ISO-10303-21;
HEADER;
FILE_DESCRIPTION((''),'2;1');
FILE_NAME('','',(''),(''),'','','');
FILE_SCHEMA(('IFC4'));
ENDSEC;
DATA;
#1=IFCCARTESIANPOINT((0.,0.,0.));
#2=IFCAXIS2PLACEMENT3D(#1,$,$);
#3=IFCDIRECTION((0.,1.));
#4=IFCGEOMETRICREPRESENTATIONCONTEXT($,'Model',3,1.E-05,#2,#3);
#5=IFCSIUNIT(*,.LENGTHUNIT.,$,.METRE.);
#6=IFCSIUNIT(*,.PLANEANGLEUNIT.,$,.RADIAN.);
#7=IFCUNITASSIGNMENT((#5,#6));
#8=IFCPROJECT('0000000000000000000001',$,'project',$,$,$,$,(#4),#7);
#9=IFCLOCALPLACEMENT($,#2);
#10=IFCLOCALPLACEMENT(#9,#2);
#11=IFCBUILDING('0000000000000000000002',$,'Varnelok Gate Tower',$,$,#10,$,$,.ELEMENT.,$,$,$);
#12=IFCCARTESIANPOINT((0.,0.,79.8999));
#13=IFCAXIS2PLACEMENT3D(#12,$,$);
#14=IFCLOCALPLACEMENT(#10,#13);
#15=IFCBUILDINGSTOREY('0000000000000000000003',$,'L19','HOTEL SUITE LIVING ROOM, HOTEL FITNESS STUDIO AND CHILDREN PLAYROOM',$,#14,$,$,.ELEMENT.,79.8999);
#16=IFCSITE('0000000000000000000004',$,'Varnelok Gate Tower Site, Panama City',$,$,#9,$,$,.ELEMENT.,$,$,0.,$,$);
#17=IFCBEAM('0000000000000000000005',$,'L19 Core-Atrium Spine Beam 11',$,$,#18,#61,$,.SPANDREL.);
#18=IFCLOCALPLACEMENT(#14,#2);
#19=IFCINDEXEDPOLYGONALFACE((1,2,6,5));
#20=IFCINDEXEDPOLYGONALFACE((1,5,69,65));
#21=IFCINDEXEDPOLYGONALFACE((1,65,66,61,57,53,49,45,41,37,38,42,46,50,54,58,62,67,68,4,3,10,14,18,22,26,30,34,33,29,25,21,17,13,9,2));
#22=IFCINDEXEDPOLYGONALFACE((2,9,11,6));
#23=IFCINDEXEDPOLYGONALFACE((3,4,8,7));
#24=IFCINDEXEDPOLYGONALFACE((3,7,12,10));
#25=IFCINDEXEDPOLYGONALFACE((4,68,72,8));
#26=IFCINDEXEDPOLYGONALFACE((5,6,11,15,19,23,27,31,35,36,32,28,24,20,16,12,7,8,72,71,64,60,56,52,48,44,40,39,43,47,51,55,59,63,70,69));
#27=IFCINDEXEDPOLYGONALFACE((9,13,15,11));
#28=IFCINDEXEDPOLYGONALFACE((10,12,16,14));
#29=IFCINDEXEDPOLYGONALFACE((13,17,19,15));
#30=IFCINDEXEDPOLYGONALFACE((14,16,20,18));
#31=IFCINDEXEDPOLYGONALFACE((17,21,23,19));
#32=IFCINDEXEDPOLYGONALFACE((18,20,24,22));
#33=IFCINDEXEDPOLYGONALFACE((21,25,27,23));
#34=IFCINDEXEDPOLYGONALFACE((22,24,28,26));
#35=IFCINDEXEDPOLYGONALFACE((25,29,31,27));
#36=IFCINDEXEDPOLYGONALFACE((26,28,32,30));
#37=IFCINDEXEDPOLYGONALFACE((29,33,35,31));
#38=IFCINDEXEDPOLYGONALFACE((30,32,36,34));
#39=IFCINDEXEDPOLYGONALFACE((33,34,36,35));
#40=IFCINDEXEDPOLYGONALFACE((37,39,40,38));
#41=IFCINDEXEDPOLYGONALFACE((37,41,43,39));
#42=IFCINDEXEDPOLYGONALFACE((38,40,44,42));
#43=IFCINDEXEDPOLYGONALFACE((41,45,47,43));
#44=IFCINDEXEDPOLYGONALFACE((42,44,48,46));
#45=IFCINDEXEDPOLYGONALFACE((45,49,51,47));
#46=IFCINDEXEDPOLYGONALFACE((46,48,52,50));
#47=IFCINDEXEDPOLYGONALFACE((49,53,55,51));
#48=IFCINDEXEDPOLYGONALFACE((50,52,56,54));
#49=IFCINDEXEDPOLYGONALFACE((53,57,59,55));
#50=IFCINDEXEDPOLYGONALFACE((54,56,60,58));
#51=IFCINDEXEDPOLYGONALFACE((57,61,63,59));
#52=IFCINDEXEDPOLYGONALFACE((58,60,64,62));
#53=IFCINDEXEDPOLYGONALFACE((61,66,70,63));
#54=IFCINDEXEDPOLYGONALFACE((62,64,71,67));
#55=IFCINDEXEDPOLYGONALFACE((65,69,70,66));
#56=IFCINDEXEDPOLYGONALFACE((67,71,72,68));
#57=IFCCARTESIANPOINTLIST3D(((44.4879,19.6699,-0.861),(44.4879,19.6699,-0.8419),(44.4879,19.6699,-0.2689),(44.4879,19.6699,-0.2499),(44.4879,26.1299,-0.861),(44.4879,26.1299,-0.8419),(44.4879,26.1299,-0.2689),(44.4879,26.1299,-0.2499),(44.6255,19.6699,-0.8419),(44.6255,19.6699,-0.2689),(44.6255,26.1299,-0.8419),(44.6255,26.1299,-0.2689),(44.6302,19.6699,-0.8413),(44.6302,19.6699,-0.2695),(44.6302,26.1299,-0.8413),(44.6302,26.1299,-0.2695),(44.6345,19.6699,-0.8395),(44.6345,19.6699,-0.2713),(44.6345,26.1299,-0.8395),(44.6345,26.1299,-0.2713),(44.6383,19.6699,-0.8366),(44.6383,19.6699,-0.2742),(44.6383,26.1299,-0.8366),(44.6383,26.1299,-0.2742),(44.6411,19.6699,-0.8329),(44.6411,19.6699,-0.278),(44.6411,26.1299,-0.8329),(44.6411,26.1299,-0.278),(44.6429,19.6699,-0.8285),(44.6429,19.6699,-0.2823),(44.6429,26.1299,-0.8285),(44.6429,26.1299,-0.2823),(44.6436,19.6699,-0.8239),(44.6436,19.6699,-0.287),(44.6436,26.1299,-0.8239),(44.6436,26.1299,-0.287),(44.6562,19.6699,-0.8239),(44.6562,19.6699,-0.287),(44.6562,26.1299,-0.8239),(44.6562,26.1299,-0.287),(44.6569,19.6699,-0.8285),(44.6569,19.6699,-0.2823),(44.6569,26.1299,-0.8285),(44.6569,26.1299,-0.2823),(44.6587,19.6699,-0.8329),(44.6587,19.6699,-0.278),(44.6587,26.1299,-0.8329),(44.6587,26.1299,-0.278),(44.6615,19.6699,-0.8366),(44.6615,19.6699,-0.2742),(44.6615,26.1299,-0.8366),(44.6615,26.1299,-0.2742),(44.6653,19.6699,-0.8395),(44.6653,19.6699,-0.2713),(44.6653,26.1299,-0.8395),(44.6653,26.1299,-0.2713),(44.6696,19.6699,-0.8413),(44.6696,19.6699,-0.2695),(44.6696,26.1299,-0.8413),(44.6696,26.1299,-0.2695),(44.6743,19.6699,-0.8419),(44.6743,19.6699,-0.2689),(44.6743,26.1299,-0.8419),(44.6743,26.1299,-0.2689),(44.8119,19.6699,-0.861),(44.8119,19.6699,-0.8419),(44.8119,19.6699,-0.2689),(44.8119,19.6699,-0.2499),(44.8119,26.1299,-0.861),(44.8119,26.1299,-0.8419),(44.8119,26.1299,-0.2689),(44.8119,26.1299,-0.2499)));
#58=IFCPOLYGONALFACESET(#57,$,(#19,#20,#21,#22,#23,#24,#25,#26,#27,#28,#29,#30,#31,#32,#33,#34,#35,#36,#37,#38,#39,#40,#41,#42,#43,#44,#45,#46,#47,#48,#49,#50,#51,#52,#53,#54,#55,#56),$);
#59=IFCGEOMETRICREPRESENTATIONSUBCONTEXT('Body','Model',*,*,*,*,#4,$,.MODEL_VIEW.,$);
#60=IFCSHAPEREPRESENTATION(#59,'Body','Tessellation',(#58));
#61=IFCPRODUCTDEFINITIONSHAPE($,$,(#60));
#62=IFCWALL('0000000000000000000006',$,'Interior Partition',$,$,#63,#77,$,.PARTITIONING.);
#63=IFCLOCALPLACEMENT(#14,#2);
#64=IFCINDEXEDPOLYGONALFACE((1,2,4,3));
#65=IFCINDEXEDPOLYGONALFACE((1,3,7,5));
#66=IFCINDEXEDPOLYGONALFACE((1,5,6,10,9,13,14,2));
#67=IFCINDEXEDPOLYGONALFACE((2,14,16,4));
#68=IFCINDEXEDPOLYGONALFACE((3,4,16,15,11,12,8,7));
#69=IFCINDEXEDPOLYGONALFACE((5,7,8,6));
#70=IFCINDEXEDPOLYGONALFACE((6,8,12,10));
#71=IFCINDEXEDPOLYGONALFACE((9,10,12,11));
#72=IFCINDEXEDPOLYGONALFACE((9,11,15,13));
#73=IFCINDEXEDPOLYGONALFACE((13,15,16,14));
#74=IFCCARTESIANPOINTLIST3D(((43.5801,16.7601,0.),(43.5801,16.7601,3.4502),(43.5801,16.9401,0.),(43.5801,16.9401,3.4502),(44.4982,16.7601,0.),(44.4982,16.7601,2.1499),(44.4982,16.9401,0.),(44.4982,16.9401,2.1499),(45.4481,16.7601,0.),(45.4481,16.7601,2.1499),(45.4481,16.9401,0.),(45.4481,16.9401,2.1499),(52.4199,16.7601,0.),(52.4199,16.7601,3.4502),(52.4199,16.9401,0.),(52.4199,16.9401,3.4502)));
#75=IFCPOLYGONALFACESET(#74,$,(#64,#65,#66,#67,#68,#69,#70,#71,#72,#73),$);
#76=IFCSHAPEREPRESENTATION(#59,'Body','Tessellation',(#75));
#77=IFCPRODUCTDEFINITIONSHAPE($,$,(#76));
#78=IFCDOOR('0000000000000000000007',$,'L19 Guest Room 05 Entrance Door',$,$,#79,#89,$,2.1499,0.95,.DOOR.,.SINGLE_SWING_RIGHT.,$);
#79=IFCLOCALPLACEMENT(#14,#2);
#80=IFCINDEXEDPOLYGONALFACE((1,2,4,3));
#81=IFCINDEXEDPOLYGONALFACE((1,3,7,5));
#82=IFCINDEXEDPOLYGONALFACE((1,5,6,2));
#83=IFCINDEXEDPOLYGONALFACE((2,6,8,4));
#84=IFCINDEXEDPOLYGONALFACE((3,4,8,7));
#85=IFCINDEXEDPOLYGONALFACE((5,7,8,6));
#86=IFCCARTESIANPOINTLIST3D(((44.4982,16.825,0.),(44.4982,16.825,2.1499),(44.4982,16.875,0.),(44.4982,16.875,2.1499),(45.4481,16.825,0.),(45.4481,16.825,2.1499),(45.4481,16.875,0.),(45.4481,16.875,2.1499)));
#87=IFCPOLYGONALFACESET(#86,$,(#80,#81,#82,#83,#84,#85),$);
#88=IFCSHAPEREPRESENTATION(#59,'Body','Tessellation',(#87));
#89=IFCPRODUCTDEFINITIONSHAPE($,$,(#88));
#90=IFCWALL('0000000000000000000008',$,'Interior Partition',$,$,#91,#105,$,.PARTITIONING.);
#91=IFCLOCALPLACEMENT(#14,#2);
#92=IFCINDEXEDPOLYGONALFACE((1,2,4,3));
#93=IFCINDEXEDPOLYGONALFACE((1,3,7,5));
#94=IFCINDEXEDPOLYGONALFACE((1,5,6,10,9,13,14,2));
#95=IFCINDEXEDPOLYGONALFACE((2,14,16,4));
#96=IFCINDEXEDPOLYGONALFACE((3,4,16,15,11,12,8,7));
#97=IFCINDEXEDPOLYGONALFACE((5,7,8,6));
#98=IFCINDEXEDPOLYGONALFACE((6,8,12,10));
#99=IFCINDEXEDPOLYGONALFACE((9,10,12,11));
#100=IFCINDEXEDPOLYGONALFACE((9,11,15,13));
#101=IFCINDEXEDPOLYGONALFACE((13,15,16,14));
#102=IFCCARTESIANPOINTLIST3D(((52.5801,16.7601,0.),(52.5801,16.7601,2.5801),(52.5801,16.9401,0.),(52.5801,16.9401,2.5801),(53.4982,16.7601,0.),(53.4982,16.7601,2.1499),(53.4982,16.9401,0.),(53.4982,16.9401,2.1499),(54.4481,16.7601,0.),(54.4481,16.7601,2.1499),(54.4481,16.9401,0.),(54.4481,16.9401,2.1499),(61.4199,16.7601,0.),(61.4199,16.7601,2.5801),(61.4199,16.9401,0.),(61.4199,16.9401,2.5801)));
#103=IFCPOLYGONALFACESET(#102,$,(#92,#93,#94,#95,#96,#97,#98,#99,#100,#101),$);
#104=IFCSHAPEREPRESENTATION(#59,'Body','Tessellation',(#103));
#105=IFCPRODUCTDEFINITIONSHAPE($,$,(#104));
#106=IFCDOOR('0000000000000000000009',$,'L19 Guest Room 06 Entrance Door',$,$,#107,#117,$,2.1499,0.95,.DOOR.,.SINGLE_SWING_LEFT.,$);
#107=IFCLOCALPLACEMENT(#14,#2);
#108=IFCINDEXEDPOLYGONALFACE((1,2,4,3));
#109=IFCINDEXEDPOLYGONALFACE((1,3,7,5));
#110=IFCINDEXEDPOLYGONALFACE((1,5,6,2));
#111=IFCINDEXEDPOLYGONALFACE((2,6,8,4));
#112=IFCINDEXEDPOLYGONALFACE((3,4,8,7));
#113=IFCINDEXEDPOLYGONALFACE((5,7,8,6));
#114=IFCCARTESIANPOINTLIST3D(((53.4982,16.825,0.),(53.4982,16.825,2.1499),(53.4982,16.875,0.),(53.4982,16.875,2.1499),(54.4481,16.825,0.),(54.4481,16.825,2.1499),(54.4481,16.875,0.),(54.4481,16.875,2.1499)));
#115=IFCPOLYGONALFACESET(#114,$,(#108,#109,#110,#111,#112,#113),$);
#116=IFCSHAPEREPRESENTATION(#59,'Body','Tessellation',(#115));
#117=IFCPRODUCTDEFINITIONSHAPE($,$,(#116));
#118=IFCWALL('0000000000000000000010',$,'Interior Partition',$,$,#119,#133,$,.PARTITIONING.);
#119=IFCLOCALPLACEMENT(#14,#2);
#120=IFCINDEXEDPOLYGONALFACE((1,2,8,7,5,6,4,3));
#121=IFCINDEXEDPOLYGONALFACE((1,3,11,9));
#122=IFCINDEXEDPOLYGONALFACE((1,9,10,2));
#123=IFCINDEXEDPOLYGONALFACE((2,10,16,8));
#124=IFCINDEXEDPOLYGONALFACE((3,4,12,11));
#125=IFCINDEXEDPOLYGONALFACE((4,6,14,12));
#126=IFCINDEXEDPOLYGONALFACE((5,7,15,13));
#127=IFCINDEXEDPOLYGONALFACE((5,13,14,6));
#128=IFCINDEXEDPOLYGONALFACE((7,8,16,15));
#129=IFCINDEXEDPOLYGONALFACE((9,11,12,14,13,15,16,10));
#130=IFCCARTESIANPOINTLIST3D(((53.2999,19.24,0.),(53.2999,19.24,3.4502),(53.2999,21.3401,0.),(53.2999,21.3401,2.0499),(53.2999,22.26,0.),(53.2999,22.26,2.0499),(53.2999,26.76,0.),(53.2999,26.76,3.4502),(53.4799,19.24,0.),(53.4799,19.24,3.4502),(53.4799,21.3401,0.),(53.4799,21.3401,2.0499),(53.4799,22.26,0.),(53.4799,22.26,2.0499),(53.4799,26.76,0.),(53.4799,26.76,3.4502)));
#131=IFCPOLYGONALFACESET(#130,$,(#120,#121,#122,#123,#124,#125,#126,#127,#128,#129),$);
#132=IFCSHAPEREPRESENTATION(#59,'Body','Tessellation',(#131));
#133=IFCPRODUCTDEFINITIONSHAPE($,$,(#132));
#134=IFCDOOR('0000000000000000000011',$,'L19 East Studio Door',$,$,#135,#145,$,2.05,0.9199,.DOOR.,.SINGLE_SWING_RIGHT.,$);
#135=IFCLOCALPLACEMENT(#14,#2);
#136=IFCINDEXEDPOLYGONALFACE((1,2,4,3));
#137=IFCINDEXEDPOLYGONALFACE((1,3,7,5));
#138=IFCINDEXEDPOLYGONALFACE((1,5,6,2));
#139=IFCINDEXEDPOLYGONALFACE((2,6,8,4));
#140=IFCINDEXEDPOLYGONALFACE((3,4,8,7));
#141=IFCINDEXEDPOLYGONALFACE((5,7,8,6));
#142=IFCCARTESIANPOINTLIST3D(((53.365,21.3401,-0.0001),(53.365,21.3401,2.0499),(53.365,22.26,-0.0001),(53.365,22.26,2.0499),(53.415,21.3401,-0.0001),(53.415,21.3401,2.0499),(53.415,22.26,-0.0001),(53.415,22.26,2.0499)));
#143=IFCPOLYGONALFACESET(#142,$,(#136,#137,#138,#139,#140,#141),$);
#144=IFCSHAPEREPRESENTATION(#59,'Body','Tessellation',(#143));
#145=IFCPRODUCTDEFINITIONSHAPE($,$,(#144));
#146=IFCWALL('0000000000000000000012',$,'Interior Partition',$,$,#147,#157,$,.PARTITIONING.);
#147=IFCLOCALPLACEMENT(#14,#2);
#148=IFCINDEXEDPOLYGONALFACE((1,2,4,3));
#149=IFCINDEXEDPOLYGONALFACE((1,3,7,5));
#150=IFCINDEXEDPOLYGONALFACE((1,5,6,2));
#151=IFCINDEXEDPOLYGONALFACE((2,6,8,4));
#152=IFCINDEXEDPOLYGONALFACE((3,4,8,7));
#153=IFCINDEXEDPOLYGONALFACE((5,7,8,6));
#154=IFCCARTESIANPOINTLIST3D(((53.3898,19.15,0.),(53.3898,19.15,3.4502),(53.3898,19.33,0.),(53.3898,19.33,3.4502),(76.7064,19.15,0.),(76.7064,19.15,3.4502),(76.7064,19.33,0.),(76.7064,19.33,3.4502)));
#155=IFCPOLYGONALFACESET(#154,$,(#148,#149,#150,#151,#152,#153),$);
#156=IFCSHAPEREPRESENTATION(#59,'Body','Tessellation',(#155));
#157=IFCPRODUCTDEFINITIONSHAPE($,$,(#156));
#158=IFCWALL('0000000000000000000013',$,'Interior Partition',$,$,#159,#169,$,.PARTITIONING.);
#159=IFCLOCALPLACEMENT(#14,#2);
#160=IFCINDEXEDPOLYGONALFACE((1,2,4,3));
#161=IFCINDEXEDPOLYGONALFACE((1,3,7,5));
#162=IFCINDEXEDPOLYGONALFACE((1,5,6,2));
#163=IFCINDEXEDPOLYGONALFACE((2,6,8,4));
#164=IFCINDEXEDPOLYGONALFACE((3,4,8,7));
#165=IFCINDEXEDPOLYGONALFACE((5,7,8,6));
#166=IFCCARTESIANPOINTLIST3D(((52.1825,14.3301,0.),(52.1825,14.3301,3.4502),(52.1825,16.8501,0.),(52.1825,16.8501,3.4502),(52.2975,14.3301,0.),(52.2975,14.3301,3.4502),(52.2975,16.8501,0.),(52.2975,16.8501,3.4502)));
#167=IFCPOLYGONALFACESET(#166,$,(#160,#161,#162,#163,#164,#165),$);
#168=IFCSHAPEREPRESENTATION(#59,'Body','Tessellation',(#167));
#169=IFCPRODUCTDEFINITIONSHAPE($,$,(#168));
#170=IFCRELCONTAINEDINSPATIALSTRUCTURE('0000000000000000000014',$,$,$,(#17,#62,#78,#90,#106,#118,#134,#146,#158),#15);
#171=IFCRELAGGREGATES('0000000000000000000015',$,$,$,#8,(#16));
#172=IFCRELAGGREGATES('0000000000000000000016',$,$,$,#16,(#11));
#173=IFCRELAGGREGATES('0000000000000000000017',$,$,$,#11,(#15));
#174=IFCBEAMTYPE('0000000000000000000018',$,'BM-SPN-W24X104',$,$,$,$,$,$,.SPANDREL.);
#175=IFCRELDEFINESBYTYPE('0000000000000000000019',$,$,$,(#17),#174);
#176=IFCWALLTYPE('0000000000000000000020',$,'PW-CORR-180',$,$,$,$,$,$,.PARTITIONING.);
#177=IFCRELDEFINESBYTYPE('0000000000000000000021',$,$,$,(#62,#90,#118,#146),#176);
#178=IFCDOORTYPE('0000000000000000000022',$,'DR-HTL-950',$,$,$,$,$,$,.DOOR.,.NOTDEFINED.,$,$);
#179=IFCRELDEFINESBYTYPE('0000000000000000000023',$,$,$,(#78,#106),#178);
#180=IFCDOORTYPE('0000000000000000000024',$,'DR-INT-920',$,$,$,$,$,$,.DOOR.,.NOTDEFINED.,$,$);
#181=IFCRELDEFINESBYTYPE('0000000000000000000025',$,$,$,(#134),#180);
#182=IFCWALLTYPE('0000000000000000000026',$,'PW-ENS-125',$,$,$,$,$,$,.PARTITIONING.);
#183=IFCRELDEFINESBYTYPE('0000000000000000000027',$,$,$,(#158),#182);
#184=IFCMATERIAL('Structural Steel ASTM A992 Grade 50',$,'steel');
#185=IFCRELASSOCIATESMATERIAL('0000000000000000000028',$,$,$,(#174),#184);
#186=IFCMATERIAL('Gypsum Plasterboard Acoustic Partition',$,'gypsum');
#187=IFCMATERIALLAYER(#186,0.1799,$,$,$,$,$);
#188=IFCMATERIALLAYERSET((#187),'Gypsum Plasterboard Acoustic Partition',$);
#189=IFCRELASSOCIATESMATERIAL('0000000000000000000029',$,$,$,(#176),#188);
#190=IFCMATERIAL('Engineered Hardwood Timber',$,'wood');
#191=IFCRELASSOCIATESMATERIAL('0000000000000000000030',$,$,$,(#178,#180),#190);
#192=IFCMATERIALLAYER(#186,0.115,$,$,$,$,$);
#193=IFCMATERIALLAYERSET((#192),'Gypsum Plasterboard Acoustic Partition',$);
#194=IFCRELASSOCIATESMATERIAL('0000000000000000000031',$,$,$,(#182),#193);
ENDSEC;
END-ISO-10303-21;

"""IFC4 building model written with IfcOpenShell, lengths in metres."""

from ifc_helpers import new_model, si_unit, direction, frame, frame_2d, origin, origin_2d, place, context, subcontext, project, spatial, rectangle, i_section, extrude, material, layer, layer_set, material_profile, profile_set, type_object, element, fill, save


model = new_model("IFC4")

# Units and contexts
model_context = context("Model", 3, precision=1e-05, world=origin(), true_north=direction((0.0, 1.0)))
body_context = subcontext(model_context, "Body", "Model", "MODEL_VIEW")
ifc_project = project(units=[si_unit("LENGTHUNIT", "METRE"), si_unit("PLANEANGLEUNIT", "RADIAN")], contexts=[model_context])

# Site, building, storey
site_placement = place(None, origin())
site = spatial("IfcSite", under=ifc_project, at=site_placement, Name="Varnelok Gate Tower Site, Panama City", CompositionType="ELEMENT", RefElevation=0.0)
building_placement = place(site_placement, origin())
building = spatial("IfcBuilding", under=site, at=building_placement, Name="Varnelok Gate Tower", CompositionType="ELEMENT")
storey_placement = place(building_placement, frame((0.0, 0.0, 79.8999)))
storey = spatial("IfcBuildingStorey", under=building, at=storey_placement, Name="L19", Description="HOTEL SUITE LIVING ROOM, HOTEL FITNESS STUDIO AND CHILDREN PLAYROOM", CompositionType="ELEMENT", Elevation=79.8999)

# Shared definitions
ifc_material_1 = material(Name="Structural Steel ASTM A992 Grade 50", Category="steel")

# Beam
ifc_material_profile_1 = material_profile(ifc_material_1, i_section(OverallWidth=0.324, OverallDepth=0.6111, WebThickness=0.0127, FlangeThickness=0.019, FilletRadius=0.0181, at=origin_2d()), Name="W24X104")
ifc_profile_set_1 = profile_set([ifc_material_profile_1], Name="Structural Steel ASTM A992 Grade 50")
beam_type_1 = type_object("IfcBeamType", Name="BM-SPN-W24X104", PredefinedType="SPANDREL", material=ifc_profile_set_1)
beam_1_placement = place(storey_placement, frame((44.6499, 19.6699, -0.5554), z_axis=(0.0, 1.0, 0.0), x_axis=(-1.0, 0.0, 0.0)))
element("IfcBeam", 1, at=beam_1_placement, inside=storey, type_object=beam_type_1, Name="L19 Core-Atrium Spine Beam 11", PredefinedType="SPANDREL", context=body_context, shape_type="SweptSolid", body=[
    extrude(i_section(OverallWidth=0.324, OverallDepth=0.6111, WebThickness=0.0127, FlangeThickness=0.019, FilletRadius=0.0181, at=origin_2d()), origin(), (0.0, 0.0, 1.0), 6.46),
])

# Walls, openings, doors
ifc_material_2 = material(Name="Gypsum Plasterboard Acoustic Partition", Category="gypsum")
ifc_layer_1 = layer(ifc_material_2, 0.1799)
ifc_layer_set_1 = layer_set([ifc_layer_1], Name="Gypsum Plasterboard Acoustic Partition")
wall_type_1 = type_object("IfcWallType", Name="PW-CORR-180", PredefinedType="PARTITIONING", material=ifc_layer_set_1)
wall_1_placement = place(storey_placement, frame((43.5801, 16.8501, 0.0), z_axis=(0.0, 0.0, 1.0), x_axis=(1.0, 0.0, 0.0)))
wall_1 = element("IfcWall", 2, at=wall_1_placement, inside=storey, type_object=wall_type_1, Name="Interior Partition", PredefinedType="PARTITIONING", context=body_context, shape_type="SweptSolid", body=[
    extrude(rectangle(XDim=8.8398, YDim=0.1799, at=frame_2d((4.4199, 0.0))), origin(), (0.0, 0.0, 1.0), 3.4502),
])
opening_1_placement = place(wall_1_placement, frame((0.918, 0.0, 0.0)))
opening_1 = element("IfcOpeningElement", 3, at=opening_1_placement, cuts=wall_1, PredefinedType="OPENING", context=body_context, shape_type="SweptSolid", body=[
    extrude(rectangle(XDim=0.95, YDim=2.1499, at=frame_2d((0.4751, 1.075))), frame((0.0, 0.0999, 0.0), z_axis=(0.0, -1.0, 0.0), x_axis=(1.0, 0.0, 0.0)), (0.0, 0.0, 1.0), 0.2),
])
ifc_material_3 = material(Name="Engineered Hardwood Timber", Category="wood")
door_type_1 = type_object("IfcDoorType", Name="DR-HTL-950", OperationType="NOTDEFINED", PredefinedType="DOOR", material=ifc_material_3)
door_1_placement = place(opening_1_placement, origin())
door_1 = element("IfcDoor", 4, at=door_1_placement, inside=storey, type_object=door_type_1, Name="L19 Guest Room 05 Entrance Door", OperationType="SINGLE_SWING_RIGHT", OverallHeight=2.1499, OverallWidth=0.95, PredefinedType="DOOR", context=body_context, shape_type="SweptSolid", body=[
    extrude(rectangle(XDim=0.95, YDim=2.1499, at=frame_2d((0.4751, 1.075))), frame((0.0, 0.0249, 0.0), z_axis=(0.0, -1.0, 0.0), x_axis=(1.0, 0.0, 0.0)), (0.0, 0.0, 1.0), 0.05),
])
fill(opening_1, door_1)
wall_2_placement = place(storey_placement, frame((52.5801, 16.8501, 0.0), z_axis=(0.0, 0.0, 1.0), x_axis=(1.0, 0.0, 0.0)))
wall_2 = element("IfcWall", 5, at=wall_2_placement, inside=storey, type_object=wall_type_1, Name="Interior Partition", PredefinedType="PARTITIONING", context=body_context, shape_type="SweptSolid", body=[
    extrude(rectangle(XDim=8.8398, YDim=0.1799, at=frame_2d((4.4199, 0.0))), origin(), (0.0, 0.0, 1.0), 2.5801),
])
opening_2_placement = place(wall_2_placement, frame((0.918, 0.0, 0.0)))
opening_2 = element("IfcOpeningElement", 6, at=opening_2_placement, cuts=wall_2, PredefinedType="OPENING", context=body_context, shape_type="SweptSolid", body=[
    extrude(rectangle(XDim=0.95, YDim=2.1499, at=frame_2d((0.4751, 1.075))), frame((0.0, 0.0999, 0.0), z_axis=(0.0, -1.0, 0.0), x_axis=(1.0, 0.0, 0.0)), (0.0, 0.0, 1.0), 0.2),
])
door_2_placement = place(opening_2_placement, origin())
door_2 = element("IfcDoor", 7, at=door_2_placement, inside=storey, type_object=door_type_1, Name="L19 Guest Room 06 Entrance Door", OperationType="SINGLE_SWING_LEFT", OverallHeight=2.1499, OverallWidth=0.95, PredefinedType="DOOR", context=body_context, shape_type="SweptSolid", body=[
    extrude(rectangle(XDim=0.95, YDim=2.1499, at=frame_2d((0.4751, 1.075))), frame((0.0, 0.0249, 0.0), z_axis=(0.0, -1.0, 0.0), x_axis=(1.0, 0.0, 0.0)), (0.0, 0.0, 1.0), 0.05),
])
fill(opening_2, door_2)
wall_3_placement = place(storey_placement, frame((53.3899, 19.24, 0.0), z_axis=(0.0, 0.0, 1.0), x_axis=(0.0, 1.0, 0.0)))
wall_3 = element("IfcWall", 8, at=wall_3_placement, inside=storey, type_object=wall_type_1, Name="Interior Partition", PredefinedType="PARTITIONING", context=body_context, shape_type="SweptSolid", body=[
    extrude(rectangle(XDim=7.52, YDim=0.1799, at=frame_2d((3.76, 0.0))), origin(), (0.0, 0.0, 1.0), 3.4502),
])
opening_3_placement = place(wall_3_placement, frame((2.1001, 0.0, 0.0)))
opening_3 = element("IfcOpeningElement", 9, at=opening_3_placement, cuts=wall_3, PredefinedType="OPENING", context=body_context, shape_type="SweptSolid", body=[
    extrude(rectangle(XDim=0.9199, YDim=2.05, at=frame_2d((0.46, 1.0249))), frame((0.0, 0.0999, 0.0), z_axis=(0.0, -1.0, 0.0), x_axis=(1.0, 0.0, 0.0)), (0.0, 0.0, 1.0), 0.2),
])
door_type_2 = type_object("IfcDoorType", Name="DR-INT-920", OperationType="NOTDEFINED", PredefinedType="DOOR", material=ifc_material_3)
door_3_placement = place(opening_3_placement, origin())
door_3 = element("IfcDoor", 10, at=door_3_placement, inside=storey, type_object=door_type_2, Name="L19 East Studio Door", OperationType="SINGLE_SWING_RIGHT", OverallHeight=2.05, OverallWidth=0.9199, PredefinedType="DOOR", context=body_context, shape_type="SweptSolid", body=[
    extrude(rectangle(XDim=0.9199, YDim=2.05, at=frame_2d((0.46, 1.0249))), frame((0.0, 0.0249, 0.0), z_axis=(0.0, -1.0, 0.0), x_axis=(1.0, 0.0, 0.0)), (0.0, 0.0, 1.0), 0.05),
])
fill(opening_3, door_3)

# Walls
wall_4_placement = place(storey_placement, frame((53.3899, 19.24, 0.0), z_axis=(0.0, 0.0, 1.0), x_axis=(1.0, 0.0, 0.0)))
element("IfcWall", 11, at=wall_4_placement, inside=storey, type_object=wall_type_1, Name="Interior Partition", PredefinedType="PARTITIONING", context=body_context, shape_type="SweptSolid", body=[
    extrude(rectangle(XDim=23.3167, YDim=0.1799, at=frame_2d((11.6582, 0.0))), origin(), (0.0, 0.0, 1.0), 3.4502),
])
ifc_layer_2 = layer(ifc_material_2, 0.115)
ifc_layer_set_2 = layer_set([ifc_layer_2], Name="Gypsum Plasterboard Acoustic Partition")
wall_type_2 = type_object("IfcWallType", Name="PW-ENS-125", PredefinedType="PARTITIONING", material=ifc_layer_set_2)
wall_5_placement = place(storey_placement, frame((52.24, 14.3301, 0.0), z_axis=(0.0, 0.0, 1.0), x_axis=(0.0, 1.0, 0.0)))
element("IfcWall", 12, at=wall_5_placement, inside=storey, type_object=wall_type_2, Name="Interior Partition", PredefinedType="PARTITIONING", context=body_context, shape_type="SweptSolid", body=[
    extrude(rectangle(XDim=2.52, YDim=0.115, at=frame_2d((1.26, 0.0))), origin(), (0.0, 0.0, 1.0), 3.4502),
])

save(model, "model.ifc")
